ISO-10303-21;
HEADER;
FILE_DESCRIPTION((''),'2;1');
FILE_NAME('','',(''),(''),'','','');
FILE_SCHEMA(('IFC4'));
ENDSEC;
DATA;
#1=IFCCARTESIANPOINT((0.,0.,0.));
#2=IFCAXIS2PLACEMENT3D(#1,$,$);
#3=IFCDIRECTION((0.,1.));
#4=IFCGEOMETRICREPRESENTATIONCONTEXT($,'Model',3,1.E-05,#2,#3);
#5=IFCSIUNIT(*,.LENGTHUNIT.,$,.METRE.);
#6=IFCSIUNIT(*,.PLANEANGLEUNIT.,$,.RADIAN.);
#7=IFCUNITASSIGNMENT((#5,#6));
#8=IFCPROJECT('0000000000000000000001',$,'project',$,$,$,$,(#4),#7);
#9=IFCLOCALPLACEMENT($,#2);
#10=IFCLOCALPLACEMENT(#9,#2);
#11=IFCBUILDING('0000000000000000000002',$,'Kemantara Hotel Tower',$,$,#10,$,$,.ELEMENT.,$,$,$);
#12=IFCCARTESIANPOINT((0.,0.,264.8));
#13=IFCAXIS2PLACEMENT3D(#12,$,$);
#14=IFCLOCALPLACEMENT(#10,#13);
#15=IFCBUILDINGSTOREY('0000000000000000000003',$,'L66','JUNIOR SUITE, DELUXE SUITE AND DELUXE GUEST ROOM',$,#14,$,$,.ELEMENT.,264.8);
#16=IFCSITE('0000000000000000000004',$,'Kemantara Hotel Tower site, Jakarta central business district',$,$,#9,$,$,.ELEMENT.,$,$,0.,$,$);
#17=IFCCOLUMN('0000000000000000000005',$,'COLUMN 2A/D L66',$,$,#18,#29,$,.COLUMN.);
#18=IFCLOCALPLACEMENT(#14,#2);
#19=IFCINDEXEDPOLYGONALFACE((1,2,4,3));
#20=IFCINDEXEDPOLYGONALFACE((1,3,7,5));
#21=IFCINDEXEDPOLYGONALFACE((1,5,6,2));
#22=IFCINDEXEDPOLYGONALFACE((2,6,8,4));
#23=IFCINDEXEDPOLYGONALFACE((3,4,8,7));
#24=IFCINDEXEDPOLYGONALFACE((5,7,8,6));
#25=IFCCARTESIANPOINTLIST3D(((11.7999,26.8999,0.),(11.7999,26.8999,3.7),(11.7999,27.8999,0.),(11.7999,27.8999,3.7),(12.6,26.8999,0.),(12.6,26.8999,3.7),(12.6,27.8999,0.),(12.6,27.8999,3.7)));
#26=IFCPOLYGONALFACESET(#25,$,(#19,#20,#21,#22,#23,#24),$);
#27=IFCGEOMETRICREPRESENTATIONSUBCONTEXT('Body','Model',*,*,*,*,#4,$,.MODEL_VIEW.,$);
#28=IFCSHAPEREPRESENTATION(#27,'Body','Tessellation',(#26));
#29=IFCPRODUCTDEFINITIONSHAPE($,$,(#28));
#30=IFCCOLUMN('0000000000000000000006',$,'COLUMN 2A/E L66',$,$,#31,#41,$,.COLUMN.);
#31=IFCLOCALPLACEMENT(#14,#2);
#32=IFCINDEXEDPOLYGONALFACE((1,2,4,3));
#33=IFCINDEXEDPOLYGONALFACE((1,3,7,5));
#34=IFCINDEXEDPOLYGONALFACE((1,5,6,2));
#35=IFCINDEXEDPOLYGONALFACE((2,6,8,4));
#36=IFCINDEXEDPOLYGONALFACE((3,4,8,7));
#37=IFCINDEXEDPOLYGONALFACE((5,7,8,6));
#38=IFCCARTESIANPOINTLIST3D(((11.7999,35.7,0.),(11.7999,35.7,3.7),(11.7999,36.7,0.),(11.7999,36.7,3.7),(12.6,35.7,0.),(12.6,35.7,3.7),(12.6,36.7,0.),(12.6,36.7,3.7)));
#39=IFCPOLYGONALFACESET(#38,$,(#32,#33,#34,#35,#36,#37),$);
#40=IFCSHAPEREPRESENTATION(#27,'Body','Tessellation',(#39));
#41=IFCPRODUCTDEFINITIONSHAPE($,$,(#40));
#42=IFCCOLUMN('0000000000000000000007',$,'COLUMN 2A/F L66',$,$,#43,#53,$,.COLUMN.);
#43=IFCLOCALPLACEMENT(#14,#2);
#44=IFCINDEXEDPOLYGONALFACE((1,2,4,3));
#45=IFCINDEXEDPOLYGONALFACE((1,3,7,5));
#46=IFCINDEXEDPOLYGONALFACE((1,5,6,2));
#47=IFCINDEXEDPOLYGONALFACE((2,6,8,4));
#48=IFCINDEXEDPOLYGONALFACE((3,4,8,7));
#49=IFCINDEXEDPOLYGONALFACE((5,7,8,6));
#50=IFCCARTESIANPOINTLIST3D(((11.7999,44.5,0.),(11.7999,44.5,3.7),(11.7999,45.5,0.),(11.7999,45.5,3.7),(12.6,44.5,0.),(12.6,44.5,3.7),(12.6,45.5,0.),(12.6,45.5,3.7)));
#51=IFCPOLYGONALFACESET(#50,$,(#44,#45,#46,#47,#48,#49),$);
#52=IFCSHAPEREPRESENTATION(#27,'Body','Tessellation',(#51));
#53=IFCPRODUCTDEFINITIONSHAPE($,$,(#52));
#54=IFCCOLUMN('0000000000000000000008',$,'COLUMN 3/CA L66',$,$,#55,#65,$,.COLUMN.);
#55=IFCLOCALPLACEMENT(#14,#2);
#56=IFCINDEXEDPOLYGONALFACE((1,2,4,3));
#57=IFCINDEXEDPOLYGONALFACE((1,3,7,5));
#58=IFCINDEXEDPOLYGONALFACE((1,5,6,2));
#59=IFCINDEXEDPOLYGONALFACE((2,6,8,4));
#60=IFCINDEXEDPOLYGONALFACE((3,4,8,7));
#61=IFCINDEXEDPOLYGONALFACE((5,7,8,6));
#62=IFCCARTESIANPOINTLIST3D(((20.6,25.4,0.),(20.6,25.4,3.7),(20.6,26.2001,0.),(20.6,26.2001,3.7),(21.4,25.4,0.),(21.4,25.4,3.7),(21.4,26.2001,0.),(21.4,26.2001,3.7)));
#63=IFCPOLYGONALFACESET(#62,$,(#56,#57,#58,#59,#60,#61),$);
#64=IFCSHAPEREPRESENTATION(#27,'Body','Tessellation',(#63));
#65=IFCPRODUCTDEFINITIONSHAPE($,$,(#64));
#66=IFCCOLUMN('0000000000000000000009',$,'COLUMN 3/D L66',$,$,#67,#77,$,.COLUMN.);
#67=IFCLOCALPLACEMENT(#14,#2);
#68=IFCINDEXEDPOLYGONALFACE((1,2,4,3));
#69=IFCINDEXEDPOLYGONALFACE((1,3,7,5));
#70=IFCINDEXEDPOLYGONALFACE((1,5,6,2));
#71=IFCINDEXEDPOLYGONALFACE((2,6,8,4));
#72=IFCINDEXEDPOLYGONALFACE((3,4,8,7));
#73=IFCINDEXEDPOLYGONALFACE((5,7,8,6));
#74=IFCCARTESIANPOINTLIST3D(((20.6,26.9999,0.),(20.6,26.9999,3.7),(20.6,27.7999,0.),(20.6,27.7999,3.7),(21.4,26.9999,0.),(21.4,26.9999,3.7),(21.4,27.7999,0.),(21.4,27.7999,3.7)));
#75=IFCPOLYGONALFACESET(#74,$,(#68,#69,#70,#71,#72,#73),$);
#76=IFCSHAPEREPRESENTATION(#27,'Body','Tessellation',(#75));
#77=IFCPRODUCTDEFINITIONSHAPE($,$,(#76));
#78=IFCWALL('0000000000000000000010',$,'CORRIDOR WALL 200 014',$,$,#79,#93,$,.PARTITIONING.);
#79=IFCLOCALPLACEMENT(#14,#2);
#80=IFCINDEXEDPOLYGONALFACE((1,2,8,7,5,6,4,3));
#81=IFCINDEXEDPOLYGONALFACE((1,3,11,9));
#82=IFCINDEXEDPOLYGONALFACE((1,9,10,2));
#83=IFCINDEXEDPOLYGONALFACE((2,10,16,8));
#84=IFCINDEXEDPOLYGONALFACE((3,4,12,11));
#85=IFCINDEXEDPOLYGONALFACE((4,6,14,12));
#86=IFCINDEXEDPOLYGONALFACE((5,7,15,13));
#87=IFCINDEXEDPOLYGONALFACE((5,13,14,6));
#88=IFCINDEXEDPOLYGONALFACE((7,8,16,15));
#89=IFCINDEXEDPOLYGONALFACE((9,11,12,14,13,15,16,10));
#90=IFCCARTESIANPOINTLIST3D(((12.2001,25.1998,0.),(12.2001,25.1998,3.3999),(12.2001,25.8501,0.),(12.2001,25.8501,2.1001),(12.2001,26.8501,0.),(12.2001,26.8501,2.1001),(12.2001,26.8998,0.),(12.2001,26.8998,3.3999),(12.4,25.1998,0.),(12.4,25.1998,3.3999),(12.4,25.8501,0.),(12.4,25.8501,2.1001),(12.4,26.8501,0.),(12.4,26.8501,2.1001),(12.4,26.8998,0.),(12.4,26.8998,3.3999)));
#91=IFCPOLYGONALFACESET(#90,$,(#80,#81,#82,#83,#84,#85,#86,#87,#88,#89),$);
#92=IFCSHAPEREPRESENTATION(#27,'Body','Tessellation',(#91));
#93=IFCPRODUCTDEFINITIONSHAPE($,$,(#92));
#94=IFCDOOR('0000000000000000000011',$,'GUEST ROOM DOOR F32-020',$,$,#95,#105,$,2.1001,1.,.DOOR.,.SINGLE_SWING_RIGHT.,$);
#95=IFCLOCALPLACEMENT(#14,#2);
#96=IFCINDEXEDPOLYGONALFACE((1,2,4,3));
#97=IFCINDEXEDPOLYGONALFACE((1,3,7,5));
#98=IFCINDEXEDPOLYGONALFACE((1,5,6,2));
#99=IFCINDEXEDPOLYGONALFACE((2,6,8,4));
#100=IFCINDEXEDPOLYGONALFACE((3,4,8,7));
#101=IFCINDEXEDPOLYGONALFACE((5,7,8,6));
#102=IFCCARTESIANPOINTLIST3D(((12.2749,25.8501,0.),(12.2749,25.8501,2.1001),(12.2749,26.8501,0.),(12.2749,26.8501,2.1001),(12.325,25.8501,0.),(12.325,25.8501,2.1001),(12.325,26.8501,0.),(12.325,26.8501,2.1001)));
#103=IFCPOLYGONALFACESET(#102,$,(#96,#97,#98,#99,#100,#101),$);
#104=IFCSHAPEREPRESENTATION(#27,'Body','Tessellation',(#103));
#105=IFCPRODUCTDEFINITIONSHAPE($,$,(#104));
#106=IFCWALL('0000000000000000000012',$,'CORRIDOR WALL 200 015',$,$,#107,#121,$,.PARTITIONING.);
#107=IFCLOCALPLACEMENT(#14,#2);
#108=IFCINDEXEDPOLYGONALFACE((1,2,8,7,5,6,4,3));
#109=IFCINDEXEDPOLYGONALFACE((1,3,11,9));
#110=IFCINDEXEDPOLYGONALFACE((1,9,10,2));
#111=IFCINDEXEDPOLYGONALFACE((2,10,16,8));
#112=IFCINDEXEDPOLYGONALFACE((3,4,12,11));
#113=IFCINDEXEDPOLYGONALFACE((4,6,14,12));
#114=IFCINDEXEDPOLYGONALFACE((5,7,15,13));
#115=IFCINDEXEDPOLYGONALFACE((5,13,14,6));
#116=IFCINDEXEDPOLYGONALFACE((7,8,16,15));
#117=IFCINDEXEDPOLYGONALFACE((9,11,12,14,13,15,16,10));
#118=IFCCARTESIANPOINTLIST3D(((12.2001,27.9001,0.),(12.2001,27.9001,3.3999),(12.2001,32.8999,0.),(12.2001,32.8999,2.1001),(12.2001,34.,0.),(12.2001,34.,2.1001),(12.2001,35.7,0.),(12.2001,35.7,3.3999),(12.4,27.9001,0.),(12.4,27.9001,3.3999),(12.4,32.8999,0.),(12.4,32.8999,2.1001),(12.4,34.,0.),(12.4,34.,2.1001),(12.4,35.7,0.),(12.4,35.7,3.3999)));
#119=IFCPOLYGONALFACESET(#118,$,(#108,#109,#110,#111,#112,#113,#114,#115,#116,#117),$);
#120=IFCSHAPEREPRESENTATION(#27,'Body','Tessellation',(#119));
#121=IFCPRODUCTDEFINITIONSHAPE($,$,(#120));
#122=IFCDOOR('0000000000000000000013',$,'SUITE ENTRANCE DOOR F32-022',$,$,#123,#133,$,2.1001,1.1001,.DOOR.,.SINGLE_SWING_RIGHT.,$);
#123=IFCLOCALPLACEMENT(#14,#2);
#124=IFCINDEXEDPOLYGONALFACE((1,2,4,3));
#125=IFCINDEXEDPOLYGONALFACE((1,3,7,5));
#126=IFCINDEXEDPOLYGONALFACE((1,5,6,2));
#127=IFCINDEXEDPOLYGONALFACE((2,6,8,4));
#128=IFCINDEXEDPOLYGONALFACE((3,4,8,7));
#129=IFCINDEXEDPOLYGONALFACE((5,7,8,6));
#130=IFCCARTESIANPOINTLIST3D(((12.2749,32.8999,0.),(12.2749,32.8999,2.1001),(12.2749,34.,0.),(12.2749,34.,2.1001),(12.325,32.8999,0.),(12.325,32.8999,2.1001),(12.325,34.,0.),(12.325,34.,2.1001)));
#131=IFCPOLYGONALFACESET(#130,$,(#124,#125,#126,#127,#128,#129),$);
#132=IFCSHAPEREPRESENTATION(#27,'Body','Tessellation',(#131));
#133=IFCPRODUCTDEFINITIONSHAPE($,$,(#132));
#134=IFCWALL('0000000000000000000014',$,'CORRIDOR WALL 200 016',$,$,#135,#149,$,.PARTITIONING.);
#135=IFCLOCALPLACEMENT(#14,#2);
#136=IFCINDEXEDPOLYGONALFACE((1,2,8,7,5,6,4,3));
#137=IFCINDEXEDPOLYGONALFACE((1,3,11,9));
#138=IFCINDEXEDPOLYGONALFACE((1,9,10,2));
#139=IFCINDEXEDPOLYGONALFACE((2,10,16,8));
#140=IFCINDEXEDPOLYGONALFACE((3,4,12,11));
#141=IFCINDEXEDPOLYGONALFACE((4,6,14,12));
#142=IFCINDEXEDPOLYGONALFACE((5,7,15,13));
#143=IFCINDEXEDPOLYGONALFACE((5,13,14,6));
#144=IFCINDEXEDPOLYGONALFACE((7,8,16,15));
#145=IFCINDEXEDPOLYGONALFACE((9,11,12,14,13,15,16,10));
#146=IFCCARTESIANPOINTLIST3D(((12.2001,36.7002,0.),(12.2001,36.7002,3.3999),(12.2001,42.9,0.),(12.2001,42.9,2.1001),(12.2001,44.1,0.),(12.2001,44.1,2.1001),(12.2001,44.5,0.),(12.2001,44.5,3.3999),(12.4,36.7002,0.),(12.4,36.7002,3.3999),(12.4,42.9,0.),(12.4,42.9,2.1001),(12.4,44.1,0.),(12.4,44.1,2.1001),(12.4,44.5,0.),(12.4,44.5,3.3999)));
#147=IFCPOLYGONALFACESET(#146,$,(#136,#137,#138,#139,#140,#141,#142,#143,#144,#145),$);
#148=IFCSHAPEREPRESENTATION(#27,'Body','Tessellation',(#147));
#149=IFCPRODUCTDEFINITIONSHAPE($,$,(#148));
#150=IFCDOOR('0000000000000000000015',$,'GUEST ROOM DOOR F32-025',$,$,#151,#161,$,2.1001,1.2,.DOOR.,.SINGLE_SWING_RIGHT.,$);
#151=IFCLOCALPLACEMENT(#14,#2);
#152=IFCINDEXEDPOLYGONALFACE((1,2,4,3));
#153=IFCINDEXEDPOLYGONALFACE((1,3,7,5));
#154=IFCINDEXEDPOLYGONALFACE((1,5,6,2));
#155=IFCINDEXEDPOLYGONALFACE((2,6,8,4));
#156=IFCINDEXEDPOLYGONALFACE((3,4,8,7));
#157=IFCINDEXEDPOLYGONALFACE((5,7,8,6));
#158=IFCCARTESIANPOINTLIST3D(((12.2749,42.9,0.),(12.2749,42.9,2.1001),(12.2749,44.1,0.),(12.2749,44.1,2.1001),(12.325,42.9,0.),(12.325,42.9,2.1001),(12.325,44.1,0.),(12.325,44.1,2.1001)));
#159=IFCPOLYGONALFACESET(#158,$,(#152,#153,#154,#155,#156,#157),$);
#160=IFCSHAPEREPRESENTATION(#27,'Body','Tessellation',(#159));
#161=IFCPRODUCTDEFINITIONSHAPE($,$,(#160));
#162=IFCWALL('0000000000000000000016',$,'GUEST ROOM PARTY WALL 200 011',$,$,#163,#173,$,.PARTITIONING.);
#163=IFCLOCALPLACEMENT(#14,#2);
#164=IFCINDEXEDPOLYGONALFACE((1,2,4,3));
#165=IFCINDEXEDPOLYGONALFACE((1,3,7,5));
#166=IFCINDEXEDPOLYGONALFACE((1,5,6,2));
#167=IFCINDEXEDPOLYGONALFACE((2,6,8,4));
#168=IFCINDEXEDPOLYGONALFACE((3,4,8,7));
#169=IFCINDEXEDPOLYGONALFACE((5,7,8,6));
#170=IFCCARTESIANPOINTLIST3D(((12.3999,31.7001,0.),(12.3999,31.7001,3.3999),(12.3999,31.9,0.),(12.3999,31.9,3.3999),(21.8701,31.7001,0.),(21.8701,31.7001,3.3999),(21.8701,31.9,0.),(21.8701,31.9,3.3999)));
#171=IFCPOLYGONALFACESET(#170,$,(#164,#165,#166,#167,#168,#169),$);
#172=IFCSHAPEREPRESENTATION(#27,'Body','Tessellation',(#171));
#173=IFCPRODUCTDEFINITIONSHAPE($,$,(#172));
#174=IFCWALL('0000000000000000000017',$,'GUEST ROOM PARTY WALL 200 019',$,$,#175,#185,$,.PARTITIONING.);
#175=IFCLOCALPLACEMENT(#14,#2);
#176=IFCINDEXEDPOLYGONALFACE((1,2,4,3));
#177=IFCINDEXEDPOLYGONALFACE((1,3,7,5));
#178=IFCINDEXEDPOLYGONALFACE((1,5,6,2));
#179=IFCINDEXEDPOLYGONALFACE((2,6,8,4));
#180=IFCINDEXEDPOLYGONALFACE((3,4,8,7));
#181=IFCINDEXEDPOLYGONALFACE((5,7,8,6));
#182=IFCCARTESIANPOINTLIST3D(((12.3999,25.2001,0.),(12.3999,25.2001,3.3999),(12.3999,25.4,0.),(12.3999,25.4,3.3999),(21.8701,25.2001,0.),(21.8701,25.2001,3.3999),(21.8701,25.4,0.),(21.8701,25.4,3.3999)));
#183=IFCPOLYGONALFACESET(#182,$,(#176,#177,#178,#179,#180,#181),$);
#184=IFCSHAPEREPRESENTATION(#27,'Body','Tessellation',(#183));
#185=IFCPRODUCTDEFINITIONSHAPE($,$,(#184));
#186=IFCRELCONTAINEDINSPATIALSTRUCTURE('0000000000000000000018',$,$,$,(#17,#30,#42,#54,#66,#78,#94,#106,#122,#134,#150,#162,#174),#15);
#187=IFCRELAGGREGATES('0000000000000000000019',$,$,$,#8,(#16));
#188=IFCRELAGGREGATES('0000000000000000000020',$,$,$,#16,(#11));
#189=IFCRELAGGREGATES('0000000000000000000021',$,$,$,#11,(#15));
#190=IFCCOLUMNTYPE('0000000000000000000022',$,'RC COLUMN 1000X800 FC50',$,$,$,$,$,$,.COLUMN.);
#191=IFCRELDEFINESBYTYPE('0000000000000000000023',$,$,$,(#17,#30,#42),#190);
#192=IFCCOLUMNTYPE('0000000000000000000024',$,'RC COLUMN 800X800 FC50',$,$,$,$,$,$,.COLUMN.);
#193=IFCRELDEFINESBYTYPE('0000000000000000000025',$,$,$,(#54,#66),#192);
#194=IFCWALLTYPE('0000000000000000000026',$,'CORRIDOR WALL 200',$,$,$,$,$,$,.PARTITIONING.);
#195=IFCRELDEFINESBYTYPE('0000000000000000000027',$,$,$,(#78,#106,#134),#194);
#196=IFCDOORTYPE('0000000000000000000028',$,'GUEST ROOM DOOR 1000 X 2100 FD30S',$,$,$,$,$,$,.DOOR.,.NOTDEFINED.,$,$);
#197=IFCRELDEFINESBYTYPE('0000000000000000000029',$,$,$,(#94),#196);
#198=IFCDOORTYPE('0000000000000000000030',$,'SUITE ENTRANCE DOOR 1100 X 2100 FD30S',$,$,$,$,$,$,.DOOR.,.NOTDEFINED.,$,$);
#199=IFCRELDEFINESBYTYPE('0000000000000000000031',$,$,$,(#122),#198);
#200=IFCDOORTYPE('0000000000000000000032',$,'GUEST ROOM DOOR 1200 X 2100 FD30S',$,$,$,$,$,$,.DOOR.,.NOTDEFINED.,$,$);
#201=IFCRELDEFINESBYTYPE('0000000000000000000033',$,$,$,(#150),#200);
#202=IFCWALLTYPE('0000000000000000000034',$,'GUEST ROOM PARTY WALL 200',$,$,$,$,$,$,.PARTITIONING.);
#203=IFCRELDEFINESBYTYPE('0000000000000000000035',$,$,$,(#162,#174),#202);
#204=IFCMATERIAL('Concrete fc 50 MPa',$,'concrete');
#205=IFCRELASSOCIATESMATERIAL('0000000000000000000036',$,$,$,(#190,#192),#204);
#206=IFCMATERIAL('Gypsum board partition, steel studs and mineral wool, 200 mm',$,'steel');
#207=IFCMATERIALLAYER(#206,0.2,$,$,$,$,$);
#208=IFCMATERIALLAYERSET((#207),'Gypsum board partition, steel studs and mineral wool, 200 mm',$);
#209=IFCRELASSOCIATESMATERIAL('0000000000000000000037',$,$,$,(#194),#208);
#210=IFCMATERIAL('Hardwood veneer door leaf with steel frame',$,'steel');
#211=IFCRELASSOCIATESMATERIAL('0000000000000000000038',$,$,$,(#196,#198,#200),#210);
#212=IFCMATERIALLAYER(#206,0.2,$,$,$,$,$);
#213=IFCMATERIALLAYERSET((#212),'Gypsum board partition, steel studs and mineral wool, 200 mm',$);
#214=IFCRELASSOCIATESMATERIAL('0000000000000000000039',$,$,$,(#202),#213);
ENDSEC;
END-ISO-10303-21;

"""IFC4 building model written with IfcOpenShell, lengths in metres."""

from ifc_helpers import new_model, si_unit, direction, frame, frame_2d, origin, origin_2d, place, context, subcontext, project, spatial, rectangle, extrude, material, layer, layer_set, material_profile, profile_set, type_object, element, fill, save


model = new_model("IFC4")

# Units and contexts
model_context = context("Model", 3, precision=1e-05, world=origin(), true_north=direction((0.0, 1.0)))
body_context = subcontext(model_context, "Body", "Model", "MODEL_VIEW")
ifc_project = project(units=[si_unit("LENGTHUNIT", "METRE"), si_unit("PLANEANGLEUNIT", "RADIAN")], contexts=[model_context])

# Site, building, storey
site_placement = place(None, origin())
site = spatial("IfcSite", under=ifc_project, at=site_placement, Name="Kemantara Hotel Tower site, Jakarta central business district", CompositionType="ELEMENT", RefElevation=0.0)
building_placement = place(site_placement, origin())
building = spatial("IfcBuilding", under=site, at=building_placement, Name="Kemantara Hotel Tower", CompositionType="ELEMENT")
storey_placement = place(building_placement, frame((0.0, 0.0, 264.8)))
storey = spatial("IfcBuildingStorey", under=building, at=storey_placement, Name="L66", Description="JUNIOR SUITE, DELUXE SUITE AND DELUXE GUEST ROOM", CompositionType="ELEMENT", Elevation=264.8)

# Columns
ifc_material_1 = material(Name="Concrete fc 50 MPa", Category="concrete")
ifc_material_profile_1 = material_profile(ifc_material_1, rectangle(XDim=1.0, YDim=0.8, at=origin_2d()), Name="RC 1000X800")
ifc_profile_set_1 = profile_set([ifc_material_profile_1], Name="Concrete fc 50 MPa")
column_type_1 = type_object("IfcColumnType", Name="RC COLUMN 1000X800 FC50", PredefinedType="COLUMN", material=ifc_profile_set_1)
for number, where, z_axis, x_axis, name in (
    (1, (12.2, 27.3999, 0.0), (0.0, 0.0, 1.0), (0.0, 1.0, 0.0), "COLUMN 2A/D L66"),
    (2, (12.2, 36.2, 0.0), (0.0, 0.0, 1.0), (0.0, 1.0, 0.0), "COLUMN 2A/E L66"),
    (3, (12.2, 45.0, 0.0), (0.0, 0.0, 1.0), (0.0, 1.0, 0.0), "COLUMN 2A/F L66"),
):
    element("IfcColumn", number, at=place(storey_placement, frame(where, z_axis=z_axis, x_axis=x_axis)), inside=storey, type_object=column_type_1, Name=name, PredefinedType="COLUMN", context=body_context, shape_type="SweptSolid", body=[
        extrude(rectangle(XDim=1.0, YDim=0.8, at=origin_2d()), origin(), (0.0, 0.0, 1.0), 3.7),
    ])
ifc_material_profile_2 = material_profile(ifc_material_1, rectangle(XDim=0.8, YDim=0.8, at=origin_2d()), Name="RC 800X800")
ifc_profile_set_2 = profile_set([ifc_material_profile_2], Name="Concrete fc 50 MPa")
column_type_2 = type_object("IfcColumnType", Name="RC COLUMN 800X800 FC50", PredefinedType="COLUMN", material=ifc_profile_set_2)
for number, where, z_axis, x_axis, name in (
    (4, (21.0, 25.8, 0.0), (0.0, 0.0, 1.0), (1.0, 0.0, 0.0), "COLUMN 3/CA L66"),
    (5, (21.0, 27.3999, 0.0), (0.0, 0.0, 1.0), (1.0, 0.0, 0.0), "COLUMN 3/D L66"),
):
    element("IfcColumn", number, at=place(storey_placement, frame(where, z_axis=z_axis, x_axis=x_axis)), inside=storey, type_object=column_type_2, Name=name, PredefinedType="COLUMN", context=body_context, shape_type="SweptSolid", body=[
        extrude(rectangle(XDim=0.8, YDim=0.8, at=origin_2d()), origin(), (0.0, 0.0, 1.0), 3.7),
    ])

# Walls, openings, doors
ifc_material_2 = material(Name="Gypsum board partition, steel studs and mineral wool, 200 mm", Category="steel")
ifc_layer_1 = layer(ifc_material_2, 0.2)
ifc_layer_set_1 = layer_set([ifc_layer_1], Name="Gypsum board partition, steel studs and mineral wool, 200 mm")
wall_type_1 = type_object("IfcWallType", Name="CORRIDOR WALL 200", PredefinedType="PARTITIONING", material=ifc_layer_set_1)
wall_1_placement = place(storey_placement, frame((12.3, 26.8999, 0.0), z_axis=(0.0, 0.0, 1.0), x_axis=(0.0, -1.0, 0.0)))
wall_1 = element("IfcWall", 6, at=wall_1_placement, inside=storey, type_object=wall_type_1, Name="CORRIDOR WALL 200 014", PredefinedType="PARTITIONING", context=body_context, shape_type="SweptSolid", body=[
    extrude(rectangle(XDim=1.7, YDim=0.2, at=frame_2d((0.8501, 0.0))), origin(), (0.0, 0.0, 1.0), 3.3999),
])
opening_1_placement = place(wall_1_placement, frame((0.0498, 0.0, 0.0)))
opening_1 = element("IfcOpeningElement", 7, at=opening_1_placement, cuts=wall_1, PredefinedType="OPENING", context=body_context, shape_type="SweptSolid", body=[
    extrude(rectangle(XDim=1.0, YDim=2.1001, at=frame_2d((0.5, 1.05))), frame((0.0, 0.1099, 0.0), z_axis=(0.0, -1.0, 0.0), x_axis=(1.0, 0.0, 0.0)), (0.0, 0.0, 1.0), 0.22),
])
ifc_material_3 = material(Name="Hardwood veneer door leaf with steel frame", Category="steel")
door_type_1 = type_object("IfcDoorType", Name="GUEST ROOM DOOR 1000 X 2100 FD30S", OperationType="NOTDEFINED", PredefinedType="DOOR", material=ifc_material_3)
door_1_placement = place(opening_1_placement, origin())
door_1 = element("IfcDoor", 8, at=door_1_placement, inside=storey, type_object=door_type_1, Name="GUEST ROOM DOOR F32-020", OperationType="SINGLE_SWING_RIGHT", OverallHeight=2.1001, OverallWidth=1.0, PredefinedType="DOOR", context=body_context, shape_type="SweptSolid", body=[
    extrude(rectangle(XDim=1.0, YDim=2.1001, at=frame_2d((0.5, 1.05))), frame((0.0, 0.0249, 0.0), z_axis=(0.0, -1.0, 0.0), x_axis=(1.0, 0.0, 0.0)), (0.0, 0.0, 1.0), 0.05),
])
fill(opening_1, door_1)
wall_2_placement = place(storey_placement, frame((12.3, 35.7, 0.0), z_axis=(0.0, 0.0, 1.0), x_axis=(0.0, -1.0, 0.0)))
wall_2 = element("IfcWall", 9, at=wall_2_placement, inside=storey, type_object=wall_type_1, Name="CORRIDOR WALL 200 015", PredefinedType="PARTITIONING", context=body_context, shape_type="SweptSolid", body=[
    extrude(rectangle(XDim=7.7998, YDim=0.2, at=frame_2d((3.8999, 0.0))), origin(), (0.0, 0.0, 1.0), 3.3999),
])
opening_2_placement = place(wall_2_placement, frame((1.7, 0.0, 0.0)))
opening_2 = element("IfcOpeningElement", 10, at=opening_2_placement, cuts=wall_2, PredefinedType="OPENING", context=body_context, shape_type="SweptSolid", body=[
    extrude(rectangle(XDim=1.1001, YDim=2.1001, at=frame_2d((0.55, 1.05))), frame((0.0, 0.1099, 0.0), z_axis=(0.0, -1.0, 0.0), x_axis=(1.0, 0.0, 0.0)), (0.0, 0.0, 1.0), 0.22),
])
door_type_2 = type_object("IfcDoorType", Name="SUITE ENTRANCE DOOR 1100 X 2100 FD30S", OperationType="NOTDEFINED", PredefinedType="DOOR", material=ifc_material_3)
door_2_placement = place(opening_2_placement, origin())
door_2 = element("IfcDoor", 11, at=door_2_placement, inside=storey, type_object=door_type_2, Name="SUITE ENTRANCE DOOR F32-022", OperationType="SINGLE_SWING_RIGHT", OverallHeight=2.1001, OverallWidth=1.1001, PredefinedType="DOOR", context=body_context, shape_type="SweptSolid", body=[
    extrude(rectangle(XDim=1.1001, YDim=2.1001, at=frame_2d((0.55, 1.05))), frame((0.0, 0.0249, 0.0), z_axis=(0.0, -1.0, 0.0), x_axis=(1.0, 0.0, 0.0)), (0.0, 0.0, 1.0), 0.05),
])
fill(opening_2, door_2)
wall_3_placement = place(storey_placement, frame((12.3, 44.5, 0.0), z_axis=(0.0, 0.0, 1.0), x_axis=(0.0, -1.0, 0.0)))
wall_3 = element("IfcWall", 12, at=wall_3_placement, inside=storey, type_object=wall_type_1, Name="CORRIDOR WALL 200 016", PredefinedType="PARTITIONING", context=body_context, shape_type="SweptSolid", body=[
    extrude(rectangle(XDim=7.7998, YDim=0.2, at=frame_2d((3.8999, 0.0))), origin(), (0.0, 0.0, 1.0), 3.3999),
])
opening_3_placement = place(wall_3_placement, frame((0.3999, 0.0, 0.0)))
opening_3 = element("IfcOpeningElement", 13, at=opening_3_placement, cuts=wall_3, PredefinedType="OPENING", context=body_context, shape_type="SweptSolid", body=[
    extrude(rectangle(XDim=1.2, YDim=2.1001, at=frame_2d((0.6001, 1.05))), frame((0.0, 0.1099, 0.0), z_axis=(0.0, -1.0, 0.0), x_axis=(1.0, 0.0, 0.0)), (0.0, 0.0, 1.0), 0.22),
])
door_type_3 = type_object("IfcDoorType", Name="GUEST ROOM DOOR 1200 X 2100 FD30S", OperationType="NOTDEFINED", PredefinedType="DOOR", material=ifc_material_3)
door_3_placement = place(opening_3_placement, origin())
door_3 = element("IfcDoor", 14, at=door_3_placement, inside=storey, type_object=door_type_3, Name="GUEST ROOM DOOR F32-025", OperationType="SINGLE_SWING_RIGHT", OverallHeight=2.1001, OverallWidth=1.2, PredefinedType="DOOR", context=body_context, shape_type="SweptSolid", body=[
    extrude(rectangle(XDim=1.2, YDim=2.1001, at=frame_2d((0.6001, 1.05))), frame((0.0, 0.0249, 0.0), z_axis=(0.0, -1.0, 0.0), x_axis=(1.0, 0.0, 0.0)), (0.0, 0.0, 1.0), 0.05),
])
fill(opening_3, door_3)

# Walls
ifc_layer_2 = layer(ifc_material_2, 0.2)
ifc_layer_set_2 = layer_set([ifc_layer_2], Name="Gypsum board partition, steel studs and mineral wool, 200 mm")
wall_type_2 = type_object("IfcWallType", Name="GUEST ROOM PARTY WALL 200", PredefinedType="PARTITIONING", material=ifc_layer_set_2)
for number, where, z_axis, x_axis, name in (
    (15, (12.3999, 31.8, 0.0), (0.0, 0.0, 1.0), (1.0, 0.0, 0.0), "GUEST ROOM PARTY WALL 200 011"),
    (16, (12.3999, 25.3, 0.0), (0.0, 0.0, 1.0), (1.0, 0.0, 0.0), "GUEST ROOM PARTY WALL 200 019"),
):
    element("IfcWall", number, at=place(storey_placement, frame(where, z_axis=z_axis, x_axis=x_axis)), inside=storey, type_object=wall_type_2, Name=name, PredefinedType="PARTITIONING", context=body_context, shape_type="SweptSolid", body=[
        extrude(rectangle(XDim=9.4702, YDim=0.2, at=frame_2d((4.7351, 0.0))), origin(), (0.0, 0.0, 1.0), 3.3999),
    ])

save(model, "model.ifc")
